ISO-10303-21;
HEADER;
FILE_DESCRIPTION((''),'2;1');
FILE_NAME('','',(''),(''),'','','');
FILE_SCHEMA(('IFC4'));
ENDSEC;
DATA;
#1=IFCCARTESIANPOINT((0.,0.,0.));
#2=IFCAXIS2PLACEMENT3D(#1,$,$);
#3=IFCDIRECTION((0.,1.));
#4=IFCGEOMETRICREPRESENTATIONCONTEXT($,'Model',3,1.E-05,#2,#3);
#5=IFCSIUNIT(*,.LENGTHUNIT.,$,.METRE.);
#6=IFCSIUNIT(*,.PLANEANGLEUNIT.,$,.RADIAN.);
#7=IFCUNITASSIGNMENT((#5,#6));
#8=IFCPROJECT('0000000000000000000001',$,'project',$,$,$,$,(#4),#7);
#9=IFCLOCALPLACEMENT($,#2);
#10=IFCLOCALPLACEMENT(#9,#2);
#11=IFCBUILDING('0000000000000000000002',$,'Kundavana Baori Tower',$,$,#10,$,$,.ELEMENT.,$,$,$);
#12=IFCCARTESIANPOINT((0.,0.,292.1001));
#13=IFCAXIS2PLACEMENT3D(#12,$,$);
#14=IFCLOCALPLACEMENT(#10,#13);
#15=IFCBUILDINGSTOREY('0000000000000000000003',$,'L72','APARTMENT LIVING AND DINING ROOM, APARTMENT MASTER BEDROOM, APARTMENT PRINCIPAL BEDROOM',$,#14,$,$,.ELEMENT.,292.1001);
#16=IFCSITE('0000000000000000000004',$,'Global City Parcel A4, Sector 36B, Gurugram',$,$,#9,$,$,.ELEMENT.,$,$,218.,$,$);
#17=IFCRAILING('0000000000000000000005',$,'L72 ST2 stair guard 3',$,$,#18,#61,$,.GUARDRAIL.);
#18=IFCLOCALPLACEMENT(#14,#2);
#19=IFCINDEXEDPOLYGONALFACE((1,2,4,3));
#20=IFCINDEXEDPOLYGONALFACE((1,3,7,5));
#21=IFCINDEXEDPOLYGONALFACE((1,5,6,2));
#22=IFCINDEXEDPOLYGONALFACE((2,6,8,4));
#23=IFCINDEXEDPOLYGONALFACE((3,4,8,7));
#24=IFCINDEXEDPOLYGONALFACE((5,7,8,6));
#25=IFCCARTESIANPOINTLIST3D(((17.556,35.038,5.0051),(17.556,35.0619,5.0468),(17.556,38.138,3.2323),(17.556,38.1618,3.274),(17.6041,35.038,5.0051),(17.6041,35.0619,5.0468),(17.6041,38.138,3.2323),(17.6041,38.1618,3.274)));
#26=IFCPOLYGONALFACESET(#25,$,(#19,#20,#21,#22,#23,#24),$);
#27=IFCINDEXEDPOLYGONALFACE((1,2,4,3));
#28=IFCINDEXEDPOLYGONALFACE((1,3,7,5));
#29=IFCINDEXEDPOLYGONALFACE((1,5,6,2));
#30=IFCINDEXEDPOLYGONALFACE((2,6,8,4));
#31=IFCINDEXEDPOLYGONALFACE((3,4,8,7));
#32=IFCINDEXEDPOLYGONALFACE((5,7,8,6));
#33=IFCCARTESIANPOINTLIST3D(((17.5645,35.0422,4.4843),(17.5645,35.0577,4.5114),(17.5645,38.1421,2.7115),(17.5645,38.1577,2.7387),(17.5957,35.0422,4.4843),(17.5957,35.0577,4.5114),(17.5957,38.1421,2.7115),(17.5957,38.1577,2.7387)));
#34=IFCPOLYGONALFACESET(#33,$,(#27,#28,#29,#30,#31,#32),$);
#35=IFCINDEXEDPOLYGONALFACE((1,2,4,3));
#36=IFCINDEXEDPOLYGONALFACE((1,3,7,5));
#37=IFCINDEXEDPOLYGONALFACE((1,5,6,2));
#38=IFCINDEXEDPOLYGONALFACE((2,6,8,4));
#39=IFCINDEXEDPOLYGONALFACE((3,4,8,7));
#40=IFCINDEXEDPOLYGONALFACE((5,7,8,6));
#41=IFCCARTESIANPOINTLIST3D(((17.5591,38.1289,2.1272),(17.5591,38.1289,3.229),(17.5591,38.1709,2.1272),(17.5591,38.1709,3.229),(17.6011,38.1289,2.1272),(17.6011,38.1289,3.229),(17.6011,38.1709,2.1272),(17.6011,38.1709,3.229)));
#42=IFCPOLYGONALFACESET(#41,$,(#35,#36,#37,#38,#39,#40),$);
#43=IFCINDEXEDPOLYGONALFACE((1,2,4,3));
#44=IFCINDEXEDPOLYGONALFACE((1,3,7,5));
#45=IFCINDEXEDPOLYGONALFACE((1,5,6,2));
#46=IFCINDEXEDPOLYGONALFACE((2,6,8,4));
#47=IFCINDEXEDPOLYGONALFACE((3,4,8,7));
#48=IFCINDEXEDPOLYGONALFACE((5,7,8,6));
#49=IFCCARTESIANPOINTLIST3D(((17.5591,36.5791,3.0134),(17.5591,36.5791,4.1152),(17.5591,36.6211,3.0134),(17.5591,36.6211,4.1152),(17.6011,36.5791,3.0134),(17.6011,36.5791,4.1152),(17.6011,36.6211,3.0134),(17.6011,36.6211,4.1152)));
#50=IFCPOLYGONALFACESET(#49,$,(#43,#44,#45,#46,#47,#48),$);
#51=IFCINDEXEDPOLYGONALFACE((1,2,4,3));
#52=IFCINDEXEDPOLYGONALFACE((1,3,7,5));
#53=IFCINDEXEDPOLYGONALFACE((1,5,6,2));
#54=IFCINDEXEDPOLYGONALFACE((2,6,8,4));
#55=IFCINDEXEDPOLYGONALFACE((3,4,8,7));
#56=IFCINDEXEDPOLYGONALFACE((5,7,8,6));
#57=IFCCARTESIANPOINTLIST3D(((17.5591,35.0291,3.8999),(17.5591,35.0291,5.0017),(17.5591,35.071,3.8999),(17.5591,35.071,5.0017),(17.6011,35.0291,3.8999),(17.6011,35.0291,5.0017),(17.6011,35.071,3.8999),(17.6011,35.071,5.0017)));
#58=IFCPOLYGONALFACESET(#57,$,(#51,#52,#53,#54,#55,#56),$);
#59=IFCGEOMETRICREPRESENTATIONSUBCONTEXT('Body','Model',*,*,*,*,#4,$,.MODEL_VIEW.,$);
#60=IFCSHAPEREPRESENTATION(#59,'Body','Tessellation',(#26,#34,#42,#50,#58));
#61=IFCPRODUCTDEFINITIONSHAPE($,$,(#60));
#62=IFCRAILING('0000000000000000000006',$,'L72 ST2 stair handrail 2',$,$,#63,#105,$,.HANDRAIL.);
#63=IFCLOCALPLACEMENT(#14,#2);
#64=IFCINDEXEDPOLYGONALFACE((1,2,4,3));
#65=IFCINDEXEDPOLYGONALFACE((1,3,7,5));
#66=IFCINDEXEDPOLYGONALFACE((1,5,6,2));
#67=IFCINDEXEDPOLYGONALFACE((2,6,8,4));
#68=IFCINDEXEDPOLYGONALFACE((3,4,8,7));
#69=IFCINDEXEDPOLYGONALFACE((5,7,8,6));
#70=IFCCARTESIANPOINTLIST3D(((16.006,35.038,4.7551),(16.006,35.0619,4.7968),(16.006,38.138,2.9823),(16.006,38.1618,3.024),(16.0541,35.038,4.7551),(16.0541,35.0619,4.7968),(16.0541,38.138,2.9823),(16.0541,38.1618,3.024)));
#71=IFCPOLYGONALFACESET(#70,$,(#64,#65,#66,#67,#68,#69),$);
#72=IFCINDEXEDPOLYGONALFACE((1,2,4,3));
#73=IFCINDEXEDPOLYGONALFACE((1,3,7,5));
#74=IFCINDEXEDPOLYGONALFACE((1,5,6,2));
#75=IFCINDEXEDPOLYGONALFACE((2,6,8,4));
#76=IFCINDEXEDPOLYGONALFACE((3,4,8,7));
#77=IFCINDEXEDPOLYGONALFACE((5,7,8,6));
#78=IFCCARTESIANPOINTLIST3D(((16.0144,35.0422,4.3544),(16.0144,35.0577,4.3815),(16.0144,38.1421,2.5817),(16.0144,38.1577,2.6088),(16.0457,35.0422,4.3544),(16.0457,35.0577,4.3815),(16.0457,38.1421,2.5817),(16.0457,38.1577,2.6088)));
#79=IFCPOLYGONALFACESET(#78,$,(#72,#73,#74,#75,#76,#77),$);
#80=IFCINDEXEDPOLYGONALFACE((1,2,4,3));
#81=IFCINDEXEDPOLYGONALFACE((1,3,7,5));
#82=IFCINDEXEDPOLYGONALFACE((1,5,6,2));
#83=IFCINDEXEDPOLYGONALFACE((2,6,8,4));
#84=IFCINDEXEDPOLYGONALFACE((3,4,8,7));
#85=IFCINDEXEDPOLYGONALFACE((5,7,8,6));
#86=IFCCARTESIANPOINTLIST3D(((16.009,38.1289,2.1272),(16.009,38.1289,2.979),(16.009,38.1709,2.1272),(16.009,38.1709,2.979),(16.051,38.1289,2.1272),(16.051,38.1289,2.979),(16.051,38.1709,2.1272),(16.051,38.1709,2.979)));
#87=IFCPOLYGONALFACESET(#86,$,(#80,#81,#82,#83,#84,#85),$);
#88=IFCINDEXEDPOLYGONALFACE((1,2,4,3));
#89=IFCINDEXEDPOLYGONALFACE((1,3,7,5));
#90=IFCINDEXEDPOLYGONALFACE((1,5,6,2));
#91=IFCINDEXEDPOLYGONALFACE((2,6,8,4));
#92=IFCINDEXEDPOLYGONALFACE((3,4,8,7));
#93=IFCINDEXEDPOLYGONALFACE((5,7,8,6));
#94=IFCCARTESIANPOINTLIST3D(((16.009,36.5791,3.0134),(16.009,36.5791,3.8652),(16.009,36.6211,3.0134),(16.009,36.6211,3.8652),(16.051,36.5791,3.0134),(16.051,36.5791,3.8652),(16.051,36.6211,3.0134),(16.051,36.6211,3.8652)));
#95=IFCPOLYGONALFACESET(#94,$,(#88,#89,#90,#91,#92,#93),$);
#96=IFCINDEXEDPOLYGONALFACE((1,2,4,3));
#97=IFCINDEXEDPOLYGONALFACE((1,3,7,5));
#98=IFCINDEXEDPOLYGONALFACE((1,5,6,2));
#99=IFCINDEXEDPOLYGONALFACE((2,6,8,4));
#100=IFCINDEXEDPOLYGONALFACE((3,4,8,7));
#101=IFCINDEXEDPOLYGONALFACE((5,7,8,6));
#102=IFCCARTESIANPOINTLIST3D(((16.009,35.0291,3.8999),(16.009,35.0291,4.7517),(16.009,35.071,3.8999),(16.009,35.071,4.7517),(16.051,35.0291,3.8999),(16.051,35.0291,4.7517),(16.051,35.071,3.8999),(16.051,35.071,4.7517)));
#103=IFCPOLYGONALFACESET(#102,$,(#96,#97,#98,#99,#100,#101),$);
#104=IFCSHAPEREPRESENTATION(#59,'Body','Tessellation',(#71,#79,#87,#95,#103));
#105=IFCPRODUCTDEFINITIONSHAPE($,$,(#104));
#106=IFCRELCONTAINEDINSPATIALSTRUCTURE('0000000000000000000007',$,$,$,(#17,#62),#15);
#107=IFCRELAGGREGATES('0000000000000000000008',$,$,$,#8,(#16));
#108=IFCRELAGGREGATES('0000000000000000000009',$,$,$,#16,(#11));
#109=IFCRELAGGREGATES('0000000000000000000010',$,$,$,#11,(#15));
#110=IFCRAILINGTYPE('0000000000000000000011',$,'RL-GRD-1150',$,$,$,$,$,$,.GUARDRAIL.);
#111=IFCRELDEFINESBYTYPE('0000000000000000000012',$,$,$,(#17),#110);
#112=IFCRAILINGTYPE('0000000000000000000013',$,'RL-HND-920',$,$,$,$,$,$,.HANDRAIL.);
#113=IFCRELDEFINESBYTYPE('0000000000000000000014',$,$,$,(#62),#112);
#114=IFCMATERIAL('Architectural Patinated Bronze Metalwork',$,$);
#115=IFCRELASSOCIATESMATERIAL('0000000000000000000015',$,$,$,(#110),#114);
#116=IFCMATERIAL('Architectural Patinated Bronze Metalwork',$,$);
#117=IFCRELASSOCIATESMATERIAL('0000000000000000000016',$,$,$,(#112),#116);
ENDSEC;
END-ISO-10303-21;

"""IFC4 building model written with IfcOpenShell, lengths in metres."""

from ifc_helpers import new_model, si_unit, direction, frame, origin, origin_2d, place, context, subcontext, project, spatial, rectangle, extrude, material, type_object, element, save


model = new_model("IFC4")

# Units and contexts
model_context = context("Model", 3, precision=1e-05, world=origin(), true_north=direction((0.0, 1.0)))
body_context = subcontext(model_context, "Body", "Model", "MODEL_VIEW")
ifc_project = project(units=[si_unit("LENGTHUNIT", "METRE"), si_unit("PLANEANGLEUNIT", "RADIAN")], contexts=[model_context])

# Site, building, storey
site_placement = place(None, origin())
site = spatial("IfcSite", under=ifc_project, at=site_placement, Name="Global City Parcel A4, Sector 36B, Gurugram", CompositionType="ELEMENT", RefElevation=218.0)
building_placement = place(site_placement, origin())
building = spatial("IfcBuilding", under=site, at=building_placement, Name="Kundavana Baori Tower", CompositionType="ELEMENT")
storey_placement = place(building_placement, frame((0.0, 0.0, 292.1001)))
storey = spatial("IfcBuildingStorey", under=building, at=storey_placement, Name="L72", Description="APARTMENT LIVING AND DINING ROOM, APARTMENT MASTER BEDROOM, APARTMENT PRINCIPAL BEDROOM", CompositionType="ELEMENT", Elevation=292.1001)

# Railings
ifc_material_1 = material(Name="Architectural Patinated Bronze Metalwork")
railing_type_1 = type_object("IfcRailingType", Name="RL-GRD-1150", PredefinedType="GUARDRAIL", material=ifc_material_1)
railing_1_placement = place(storey_placement, frame((17.5801, 38.1499, 2.1272)))
element("IfcRailing", 1, at=railing_1_placement, inside=storey, type_object=railing_type_1, Name="L72 ST2 stair guard 3", PredefinedType="GUARDRAIL", context=body_context, shape_type="SweptSolid", body=[
    extrude(rectangle(XDim=0.0481, YDim=0.0481, at=origin_2d()), frame((0.0, 0.0, 1.126), z_axis=(0.0, -0.868079, 0.496426), x_axis=(1.0, 0.0, 0.0)), (0.0, 0.0, 1.0), 3.571),
    extrude(rectangle(XDim=0.0312, YDim=0.0312, at=origin_2d()), frame((0.0, 0.0, 0.5979), z_axis=(0.0, -0.868079, 0.496426), x_axis=(1.0, 0.0, 0.0)), (0.0, 0.0, 1.0), 3.571),
    extrude(rectangle(XDim=0.042, YDim=0.042, at=origin_2d()), origin(), (0.0, 0.0, 1.0), 1.1018),
    extrude(rectangle(XDim=0.042, YDim=0.042, at=origin_2d()), frame((0.0, -1.5498, 0.8862)), (0.0, 0.0, 1.0), 1.1018),
    extrude(rectangle(XDim=0.042, YDim=0.042, at=origin_2d()), frame((0.0, -3.0999, 1.7727)), (0.0, 0.0, 1.0), 1.1018),
])
ifc_material_2 = material(Name="Architectural Patinated Bronze Metalwork")
railing_type_2 = type_object("IfcRailingType", Name="RL-HND-920", PredefinedType="HANDRAIL", material=ifc_material_2)
railing_2_placement = place(storey_placement, frame((16.03, 38.1499, 2.1272)))
element("IfcRailing", 2, at=railing_2_placement, inside=storey, type_object=railing_type_2, Name="L72 ST2 stair handrail 2", PredefinedType="HANDRAIL", context=body_context, shape_type="SweptSolid", body=[
    extrude(rectangle(XDim=0.0481, YDim=0.0481, at=origin_2d()), frame((0.0, 0.0, 0.876), z_axis=(0.0, -0.868079, 0.496426), x_axis=(1.0, 0.0, 0.0)), (0.0, 0.0, 1.0), 3.571),
    extrude(rectangle(XDim=0.0312, YDim=0.0312, at=origin_2d()), frame((0.0, 0.0, 0.468), z_axis=(0.0, -0.868079, 0.496426), x_axis=(1.0, 0.0, 0.0)), (0.0, 0.0, 1.0), 3.571),
    extrude(rectangle(XDim=0.042, YDim=0.042, at=origin_2d()), origin(), (0.0, 0.0, 1.0), 0.8518),
    extrude(rectangle(XDim=0.042, YDim=0.042, at=origin_2d()), frame((0.0, -1.5498, 0.8862)), (0.0, 0.0, 1.0), 0.8518),
    extrude(rectangle(XDim=0.042, YDim=0.042, at=origin_2d()), frame((0.0, -3.0999, 1.7727)), (0.0, 0.0, 1.0), 0.8518),
])

save(model, "model.ifc")
